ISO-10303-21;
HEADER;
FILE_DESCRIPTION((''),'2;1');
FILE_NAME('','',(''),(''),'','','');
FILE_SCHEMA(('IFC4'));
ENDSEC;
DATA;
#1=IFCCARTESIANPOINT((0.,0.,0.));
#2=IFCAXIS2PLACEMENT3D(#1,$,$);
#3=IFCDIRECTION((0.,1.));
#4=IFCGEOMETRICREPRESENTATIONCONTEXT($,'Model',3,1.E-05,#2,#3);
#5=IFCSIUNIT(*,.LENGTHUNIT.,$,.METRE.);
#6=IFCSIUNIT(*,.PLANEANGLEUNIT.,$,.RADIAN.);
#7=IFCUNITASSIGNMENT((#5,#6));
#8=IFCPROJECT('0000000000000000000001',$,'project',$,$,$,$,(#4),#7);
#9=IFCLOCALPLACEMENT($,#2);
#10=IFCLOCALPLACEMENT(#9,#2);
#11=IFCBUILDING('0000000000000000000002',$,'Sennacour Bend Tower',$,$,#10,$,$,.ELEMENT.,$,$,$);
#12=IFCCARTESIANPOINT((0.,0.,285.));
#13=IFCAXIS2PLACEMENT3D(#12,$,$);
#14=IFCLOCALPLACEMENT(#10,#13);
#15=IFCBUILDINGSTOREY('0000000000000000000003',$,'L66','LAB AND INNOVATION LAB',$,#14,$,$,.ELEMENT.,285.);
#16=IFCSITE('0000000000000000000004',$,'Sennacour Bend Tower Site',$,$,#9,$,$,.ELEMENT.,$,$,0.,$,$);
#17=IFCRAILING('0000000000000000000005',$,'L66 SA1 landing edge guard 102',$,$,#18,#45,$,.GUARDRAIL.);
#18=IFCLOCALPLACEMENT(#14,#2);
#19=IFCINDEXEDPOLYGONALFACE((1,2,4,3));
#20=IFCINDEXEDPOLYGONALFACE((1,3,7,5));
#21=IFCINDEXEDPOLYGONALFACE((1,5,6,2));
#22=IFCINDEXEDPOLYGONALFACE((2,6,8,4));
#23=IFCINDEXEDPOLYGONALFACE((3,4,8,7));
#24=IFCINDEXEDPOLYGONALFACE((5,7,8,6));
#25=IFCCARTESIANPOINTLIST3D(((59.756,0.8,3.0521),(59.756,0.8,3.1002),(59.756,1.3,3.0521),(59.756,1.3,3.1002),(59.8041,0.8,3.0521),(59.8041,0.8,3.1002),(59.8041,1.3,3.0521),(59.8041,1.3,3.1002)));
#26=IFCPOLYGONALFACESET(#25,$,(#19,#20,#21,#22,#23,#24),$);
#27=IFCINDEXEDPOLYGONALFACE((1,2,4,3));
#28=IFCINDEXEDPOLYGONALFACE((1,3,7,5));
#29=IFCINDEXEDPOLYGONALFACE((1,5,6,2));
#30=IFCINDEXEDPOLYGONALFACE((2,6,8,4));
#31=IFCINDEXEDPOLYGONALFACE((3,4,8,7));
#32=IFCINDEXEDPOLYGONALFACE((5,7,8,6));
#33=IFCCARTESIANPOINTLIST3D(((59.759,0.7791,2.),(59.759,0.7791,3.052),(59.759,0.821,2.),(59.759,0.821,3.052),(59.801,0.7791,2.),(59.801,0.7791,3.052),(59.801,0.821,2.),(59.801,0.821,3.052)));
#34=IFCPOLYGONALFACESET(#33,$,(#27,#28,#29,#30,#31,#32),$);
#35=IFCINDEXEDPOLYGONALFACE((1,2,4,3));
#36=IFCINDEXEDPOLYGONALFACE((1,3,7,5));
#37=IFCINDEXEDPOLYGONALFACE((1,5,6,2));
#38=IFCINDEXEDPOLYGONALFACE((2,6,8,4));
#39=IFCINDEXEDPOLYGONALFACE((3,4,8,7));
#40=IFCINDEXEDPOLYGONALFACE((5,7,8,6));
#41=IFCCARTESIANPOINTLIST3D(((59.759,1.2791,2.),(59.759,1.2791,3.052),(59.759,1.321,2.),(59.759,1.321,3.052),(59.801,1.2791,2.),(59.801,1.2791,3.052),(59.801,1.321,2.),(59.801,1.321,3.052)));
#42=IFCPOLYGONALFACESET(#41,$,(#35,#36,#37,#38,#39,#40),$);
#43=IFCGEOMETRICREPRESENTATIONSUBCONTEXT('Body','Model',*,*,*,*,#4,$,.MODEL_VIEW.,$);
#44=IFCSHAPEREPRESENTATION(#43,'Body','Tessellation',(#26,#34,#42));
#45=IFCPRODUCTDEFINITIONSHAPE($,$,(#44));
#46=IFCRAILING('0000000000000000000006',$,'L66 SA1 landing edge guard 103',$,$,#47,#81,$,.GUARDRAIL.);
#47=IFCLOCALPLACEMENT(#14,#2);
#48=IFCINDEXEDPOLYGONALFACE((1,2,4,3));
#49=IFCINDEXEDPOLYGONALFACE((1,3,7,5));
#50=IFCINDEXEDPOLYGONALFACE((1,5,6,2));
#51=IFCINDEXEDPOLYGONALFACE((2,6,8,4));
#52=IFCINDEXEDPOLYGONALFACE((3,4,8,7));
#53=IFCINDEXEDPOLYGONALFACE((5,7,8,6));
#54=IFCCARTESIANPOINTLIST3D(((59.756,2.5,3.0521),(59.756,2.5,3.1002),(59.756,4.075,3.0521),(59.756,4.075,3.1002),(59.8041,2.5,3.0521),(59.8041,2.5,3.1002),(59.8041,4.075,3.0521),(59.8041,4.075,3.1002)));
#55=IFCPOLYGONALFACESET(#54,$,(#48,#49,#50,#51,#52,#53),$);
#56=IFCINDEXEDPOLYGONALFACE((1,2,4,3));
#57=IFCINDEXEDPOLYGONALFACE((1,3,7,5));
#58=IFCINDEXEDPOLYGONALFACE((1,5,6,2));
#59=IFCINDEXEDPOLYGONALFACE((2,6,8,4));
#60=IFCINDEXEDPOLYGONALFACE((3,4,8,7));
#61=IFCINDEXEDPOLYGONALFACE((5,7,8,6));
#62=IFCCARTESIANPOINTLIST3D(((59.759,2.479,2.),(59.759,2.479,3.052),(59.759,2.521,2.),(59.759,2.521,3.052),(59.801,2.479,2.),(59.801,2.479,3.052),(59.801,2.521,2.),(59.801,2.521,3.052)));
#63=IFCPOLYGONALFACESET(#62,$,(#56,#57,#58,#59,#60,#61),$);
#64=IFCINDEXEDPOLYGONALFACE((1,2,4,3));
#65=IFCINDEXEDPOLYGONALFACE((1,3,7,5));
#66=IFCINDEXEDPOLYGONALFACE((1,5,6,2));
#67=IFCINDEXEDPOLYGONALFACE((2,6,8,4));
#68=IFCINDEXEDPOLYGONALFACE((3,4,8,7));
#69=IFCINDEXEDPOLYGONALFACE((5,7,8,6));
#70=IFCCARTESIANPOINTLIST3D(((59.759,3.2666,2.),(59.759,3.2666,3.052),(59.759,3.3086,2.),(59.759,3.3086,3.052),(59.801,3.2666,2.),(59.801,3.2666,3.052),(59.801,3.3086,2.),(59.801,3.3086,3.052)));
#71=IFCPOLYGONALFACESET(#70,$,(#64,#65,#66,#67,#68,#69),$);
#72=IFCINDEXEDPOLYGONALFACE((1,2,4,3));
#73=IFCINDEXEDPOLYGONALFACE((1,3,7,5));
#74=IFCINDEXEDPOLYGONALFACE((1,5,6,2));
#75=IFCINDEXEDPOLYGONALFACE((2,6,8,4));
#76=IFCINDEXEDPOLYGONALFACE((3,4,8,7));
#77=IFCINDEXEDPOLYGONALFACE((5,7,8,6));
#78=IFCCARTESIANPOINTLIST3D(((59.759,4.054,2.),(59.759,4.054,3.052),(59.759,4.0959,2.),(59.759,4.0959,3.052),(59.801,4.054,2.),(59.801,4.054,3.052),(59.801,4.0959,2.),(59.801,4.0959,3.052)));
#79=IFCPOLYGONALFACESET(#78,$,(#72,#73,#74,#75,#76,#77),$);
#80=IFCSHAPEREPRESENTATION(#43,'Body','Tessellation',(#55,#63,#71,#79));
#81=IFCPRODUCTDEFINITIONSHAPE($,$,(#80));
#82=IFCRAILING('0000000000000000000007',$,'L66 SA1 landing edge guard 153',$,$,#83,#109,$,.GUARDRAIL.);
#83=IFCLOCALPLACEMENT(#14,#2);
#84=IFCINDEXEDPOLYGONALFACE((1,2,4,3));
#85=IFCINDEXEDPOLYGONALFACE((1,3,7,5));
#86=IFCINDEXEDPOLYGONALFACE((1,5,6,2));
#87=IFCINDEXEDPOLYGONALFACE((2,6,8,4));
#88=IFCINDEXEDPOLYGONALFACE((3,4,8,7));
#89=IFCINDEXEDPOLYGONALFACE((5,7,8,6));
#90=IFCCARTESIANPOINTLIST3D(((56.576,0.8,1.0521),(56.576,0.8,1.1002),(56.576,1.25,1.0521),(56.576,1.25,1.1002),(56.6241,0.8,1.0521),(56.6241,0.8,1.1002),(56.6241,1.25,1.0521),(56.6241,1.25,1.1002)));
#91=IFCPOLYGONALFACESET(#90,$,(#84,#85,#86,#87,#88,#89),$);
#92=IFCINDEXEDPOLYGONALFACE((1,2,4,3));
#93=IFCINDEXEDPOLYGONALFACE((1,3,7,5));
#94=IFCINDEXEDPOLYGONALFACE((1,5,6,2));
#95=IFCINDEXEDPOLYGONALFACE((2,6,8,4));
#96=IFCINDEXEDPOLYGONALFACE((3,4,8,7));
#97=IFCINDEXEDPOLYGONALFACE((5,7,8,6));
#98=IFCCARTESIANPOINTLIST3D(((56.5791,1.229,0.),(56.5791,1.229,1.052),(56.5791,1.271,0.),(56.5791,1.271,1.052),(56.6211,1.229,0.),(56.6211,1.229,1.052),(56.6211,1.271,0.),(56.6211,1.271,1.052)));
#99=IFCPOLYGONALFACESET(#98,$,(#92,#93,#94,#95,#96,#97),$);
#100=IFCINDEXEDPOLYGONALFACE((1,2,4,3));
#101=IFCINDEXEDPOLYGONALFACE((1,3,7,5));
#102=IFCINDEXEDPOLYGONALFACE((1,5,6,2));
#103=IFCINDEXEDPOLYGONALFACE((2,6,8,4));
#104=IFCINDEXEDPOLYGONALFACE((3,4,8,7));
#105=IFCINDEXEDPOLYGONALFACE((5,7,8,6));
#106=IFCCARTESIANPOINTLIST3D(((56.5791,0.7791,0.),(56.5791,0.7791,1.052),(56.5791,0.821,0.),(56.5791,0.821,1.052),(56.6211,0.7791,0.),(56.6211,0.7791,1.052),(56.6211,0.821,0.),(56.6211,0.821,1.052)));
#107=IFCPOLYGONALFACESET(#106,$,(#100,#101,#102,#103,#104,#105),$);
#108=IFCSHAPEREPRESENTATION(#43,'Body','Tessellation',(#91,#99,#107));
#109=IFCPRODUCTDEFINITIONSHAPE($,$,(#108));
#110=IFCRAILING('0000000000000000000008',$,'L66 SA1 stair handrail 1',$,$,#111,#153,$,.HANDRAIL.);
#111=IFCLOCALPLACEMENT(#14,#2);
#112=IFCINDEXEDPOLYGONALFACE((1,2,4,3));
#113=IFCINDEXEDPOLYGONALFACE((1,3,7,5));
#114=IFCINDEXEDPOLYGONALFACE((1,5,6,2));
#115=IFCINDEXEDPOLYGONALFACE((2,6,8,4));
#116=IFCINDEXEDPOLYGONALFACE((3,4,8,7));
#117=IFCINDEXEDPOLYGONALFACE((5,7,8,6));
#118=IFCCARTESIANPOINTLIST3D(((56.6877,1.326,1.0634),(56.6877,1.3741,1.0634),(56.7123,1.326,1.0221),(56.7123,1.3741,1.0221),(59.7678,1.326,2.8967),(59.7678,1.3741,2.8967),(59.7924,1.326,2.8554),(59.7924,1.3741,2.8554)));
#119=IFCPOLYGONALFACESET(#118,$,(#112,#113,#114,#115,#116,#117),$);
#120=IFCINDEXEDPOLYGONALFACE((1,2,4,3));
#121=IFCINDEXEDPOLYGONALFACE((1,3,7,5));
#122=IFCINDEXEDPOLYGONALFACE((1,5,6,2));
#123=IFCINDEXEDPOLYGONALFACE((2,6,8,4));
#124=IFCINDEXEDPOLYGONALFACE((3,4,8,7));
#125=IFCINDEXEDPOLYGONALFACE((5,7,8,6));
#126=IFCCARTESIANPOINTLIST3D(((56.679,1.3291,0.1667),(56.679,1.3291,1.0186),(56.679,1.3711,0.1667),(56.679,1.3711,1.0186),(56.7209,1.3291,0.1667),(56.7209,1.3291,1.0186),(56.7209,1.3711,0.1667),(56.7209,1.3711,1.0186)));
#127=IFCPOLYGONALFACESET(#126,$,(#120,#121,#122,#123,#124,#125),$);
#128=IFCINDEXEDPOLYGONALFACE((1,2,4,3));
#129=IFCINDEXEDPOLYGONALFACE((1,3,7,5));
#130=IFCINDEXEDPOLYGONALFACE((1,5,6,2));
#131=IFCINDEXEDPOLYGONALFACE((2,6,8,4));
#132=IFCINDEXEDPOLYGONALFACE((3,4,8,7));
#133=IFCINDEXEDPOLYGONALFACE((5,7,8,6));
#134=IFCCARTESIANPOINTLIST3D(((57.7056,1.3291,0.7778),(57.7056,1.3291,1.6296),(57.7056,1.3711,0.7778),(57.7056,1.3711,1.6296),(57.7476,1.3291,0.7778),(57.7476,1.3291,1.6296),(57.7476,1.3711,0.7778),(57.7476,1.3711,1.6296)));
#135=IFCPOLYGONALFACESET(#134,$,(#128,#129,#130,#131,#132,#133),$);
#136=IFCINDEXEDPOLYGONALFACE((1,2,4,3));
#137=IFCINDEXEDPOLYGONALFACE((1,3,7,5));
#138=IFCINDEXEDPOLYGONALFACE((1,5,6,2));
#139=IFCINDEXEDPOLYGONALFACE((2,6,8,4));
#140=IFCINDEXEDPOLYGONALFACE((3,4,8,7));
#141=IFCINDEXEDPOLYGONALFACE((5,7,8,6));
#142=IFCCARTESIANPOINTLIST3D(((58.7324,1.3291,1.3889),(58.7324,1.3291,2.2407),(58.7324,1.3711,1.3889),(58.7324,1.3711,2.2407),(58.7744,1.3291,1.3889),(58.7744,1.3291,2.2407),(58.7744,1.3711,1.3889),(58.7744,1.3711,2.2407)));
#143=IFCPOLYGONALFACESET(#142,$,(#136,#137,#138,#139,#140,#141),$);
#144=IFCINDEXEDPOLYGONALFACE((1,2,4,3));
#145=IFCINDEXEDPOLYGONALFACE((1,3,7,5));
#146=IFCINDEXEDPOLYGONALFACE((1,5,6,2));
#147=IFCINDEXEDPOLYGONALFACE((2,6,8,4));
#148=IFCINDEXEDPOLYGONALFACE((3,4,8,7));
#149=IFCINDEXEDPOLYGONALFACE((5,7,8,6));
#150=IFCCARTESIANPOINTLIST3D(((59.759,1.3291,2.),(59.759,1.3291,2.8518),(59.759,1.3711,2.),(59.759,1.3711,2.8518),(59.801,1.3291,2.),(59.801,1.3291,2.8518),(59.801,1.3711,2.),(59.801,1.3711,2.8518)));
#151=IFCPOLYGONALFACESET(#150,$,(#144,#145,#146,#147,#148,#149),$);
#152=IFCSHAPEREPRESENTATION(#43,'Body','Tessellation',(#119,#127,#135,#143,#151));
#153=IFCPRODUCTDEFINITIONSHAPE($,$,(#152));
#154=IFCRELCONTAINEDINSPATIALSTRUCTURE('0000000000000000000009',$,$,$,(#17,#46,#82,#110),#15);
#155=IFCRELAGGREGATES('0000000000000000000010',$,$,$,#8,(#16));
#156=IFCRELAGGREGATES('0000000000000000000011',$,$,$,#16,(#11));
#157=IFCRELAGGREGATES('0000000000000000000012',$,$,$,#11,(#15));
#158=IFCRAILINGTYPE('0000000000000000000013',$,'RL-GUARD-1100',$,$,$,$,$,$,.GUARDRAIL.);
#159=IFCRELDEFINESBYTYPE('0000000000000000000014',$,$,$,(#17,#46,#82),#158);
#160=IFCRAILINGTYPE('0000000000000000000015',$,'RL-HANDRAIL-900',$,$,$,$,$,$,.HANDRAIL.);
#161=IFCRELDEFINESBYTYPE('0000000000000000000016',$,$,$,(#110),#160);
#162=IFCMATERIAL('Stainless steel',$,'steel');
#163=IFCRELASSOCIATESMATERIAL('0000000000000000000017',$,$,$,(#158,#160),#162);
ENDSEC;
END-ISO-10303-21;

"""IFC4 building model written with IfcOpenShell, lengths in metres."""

from ifc_helpers import new_model, si_unit, direction, frame, origin, origin_2d, place, context, subcontext, project, spatial, rectangle, extrude, material, type_object, element, save


model = new_model("IFC4")

# Units and contexts
model_context = context("Model", 3, precision=1e-05, world=origin(), true_north=direction((0.0, 1.0)))
body_context = subcontext(model_context, "Body", "Model", "MODEL_VIEW")
ifc_project = project(units=[si_unit("LENGTHUNIT", "METRE"), si_unit("PLANEANGLEUNIT", "RADIAN")], contexts=[model_context])

# Site, building, storey
site_placement = place(None, origin())
site = spatial("IfcSite", under=ifc_project, at=site_placement, Name="Sennacour Bend Tower Site", CompositionType="ELEMENT", RefElevation=0.0)
building_placement = place(site_placement, origin())
building = spatial("IfcBuilding", under=site, at=building_placement, Name="Sennacour Bend Tower", CompositionType="ELEMENT")
storey_placement = place(building_placement, frame((0.0, 0.0, 285.0)))
storey = spatial("IfcBuildingStorey", under=building, at=storey_placement, Name="L66", Description="LAB AND INNOVATION LAB", CompositionType="ELEMENT", Elevation=285.0)

# Shared definitions
ifc_material_1 = material(Name="Stainless steel", Category="steel")

# Railings
railing_type_1 = type_object("IfcRailingType", Name="RL-GUARD-1100", PredefinedType="GUARDRAIL", material=ifc_material_1)
railing_1_placement = place(storey_placement, frame((59.78, 0.8, 2.0)))
element("IfcRailing", 1, at=railing_1_placement, inside=storey, type_object=railing_type_1, Name="L66 SA1 landing edge guard 102", PredefinedType="GUARDRAIL", context=body_context, shape_type="SweptSolid", body=[
    extrude(rectangle(XDim=0.0481, YDim=0.0481, at=origin_2d()), frame((0.0, 0.0, 1.0762), z_axis=(0.0, 1.0, 0.0), x_axis=(-1.0, 0.0, 0.0)), (0.0, 0.0, 1.0), 0.5),
    extrude(rectangle(XDim=0.042, YDim=0.042, at=origin_2d()), origin(), (0.0, 0.0, 1.0), 1.052),
    extrude(rectangle(XDim=0.042, YDim=0.042, at=origin_2d()), frame((0.0, 0.5, 0.0)), (0.0, 0.0, 1.0), 1.052),
])
railing_2_placement = place(storey_placement, frame((59.78, 2.5, 2.0)))
element("IfcRailing", 2, at=railing_2_placement, inside=storey, type_object=railing_type_1, Name="L66 SA1 landing edge guard 103", PredefinedType="GUARDRAIL", context=body_context, shape_type="SweptSolid", body=[
    extrude(rectangle(XDim=0.0481, YDim=0.0481, at=origin_2d()), frame((0.0, 0.0, 1.0762), z_axis=(0.0, 1.0, 0.0), x_axis=(-1.0, 0.0, 0.0)), (0.0, 0.0, 1.0), 1.575),
    extrude(rectangle(XDim=0.042, YDim=0.042, at=origin_2d()), origin(), (0.0, 0.0, 1.0), 1.052),
    extrude(rectangle(XDim=0.042, YDim=0.042, at=origin_2d()), frame((0.0, 0.7876, 0.0)), (0.0, 0.0, 1.0), 1.052),
    extrude(rectangle(XDim=0.042, YDim=0.042, at=origin_2d()), frame((0.0, 1.575, 0.0)), (0.0, 0.0, 1.0), 1.052),
])
railing_3_placement = place(storey_placement, frame((56.6001, 1.25, 0.0)))
element("IfcRailing", 3, at=railing_3_placement, inside=storey, type_object=railing_type_1, Name="L66 SA1 landing edge guard 153", PredefinedType="GUARDRAIL", context=body_context, shape_type="SweptSolid", body=[
    extrude(rectangle(XDim=0.0481, YDim=0.0481, at=origin_2d()), frame((0.0, 0.0, 1.0762), z_axis=(0.0, -1.0, 0.0), x_axis=(1.0, 0.0, 0.0)), (0.0, 0.0, 1.0), 0.45),
    extrude(rectangle(XDim=0.042, YDim=0.042, at=origin_2d()), origin(), (0.0, 0.0, 1.0), 1.052),
    extrude(rectangle(XDim=0.042, YDim=0.042, at=origin_2d()), frame((0.0, -0.45, 0.0)), (0.0, 0.0, 1.0), 1.052),
])
railing_type_2 = type_object("IfcRailingType", Name="RL-HANDRAIL-900", PredefinedType="HANDRAIL", material=ifc_material_1)
railing_4_placement = place(storey_placement, frame((56.7, 1.3501, 0.1667)))
element("IfcRailing", 4, at=railing_4_placement, inside=storey, type_object=railing_type_2, Name="L66 SA1 stair handrail 1", PredefinedType="HANDRAIL", context=body_context, shape_type="SweptSolid", body=[
    extrude(rectangle(XDim=0.0481, YDim=0.0481, at=origin_2d()), frame((0.0, 0.0, 0.876), z_axis=(0.859309, 0.0, 0.511458), x_axis=(0.0, 1.0, 0.0)), (0.0, 0.0, 1.0), 3.5845),
    extrude(rectangle(XDim=0.042, YDim=0.042, at=origin_2d()), origin(), (0.0, 0.0, 1.0), 0.8518),
    extrude(rectangle(XDim=0.042, YDim=0.042, at=origin_2d()), frame((1.0266, 0.0, 0.6111)), (0.0, 0.0, 1.0), 0.8518),
    extrude(rectangle(XDim=0.042, YDim=0.042, at=origin_2d()), frame((2.0535, 0.0, 1.2222)), (0.0, 0.0, 1.0), 0.8518),
    extrude(rectangle(XDim=0.042, YDim=0.042, at=origin_2d()), frame((3.0801, 0.0, 1.8333)), (0.0, 0.0, 1.0), 0.8518),
])

save(model, "model.ifc")
